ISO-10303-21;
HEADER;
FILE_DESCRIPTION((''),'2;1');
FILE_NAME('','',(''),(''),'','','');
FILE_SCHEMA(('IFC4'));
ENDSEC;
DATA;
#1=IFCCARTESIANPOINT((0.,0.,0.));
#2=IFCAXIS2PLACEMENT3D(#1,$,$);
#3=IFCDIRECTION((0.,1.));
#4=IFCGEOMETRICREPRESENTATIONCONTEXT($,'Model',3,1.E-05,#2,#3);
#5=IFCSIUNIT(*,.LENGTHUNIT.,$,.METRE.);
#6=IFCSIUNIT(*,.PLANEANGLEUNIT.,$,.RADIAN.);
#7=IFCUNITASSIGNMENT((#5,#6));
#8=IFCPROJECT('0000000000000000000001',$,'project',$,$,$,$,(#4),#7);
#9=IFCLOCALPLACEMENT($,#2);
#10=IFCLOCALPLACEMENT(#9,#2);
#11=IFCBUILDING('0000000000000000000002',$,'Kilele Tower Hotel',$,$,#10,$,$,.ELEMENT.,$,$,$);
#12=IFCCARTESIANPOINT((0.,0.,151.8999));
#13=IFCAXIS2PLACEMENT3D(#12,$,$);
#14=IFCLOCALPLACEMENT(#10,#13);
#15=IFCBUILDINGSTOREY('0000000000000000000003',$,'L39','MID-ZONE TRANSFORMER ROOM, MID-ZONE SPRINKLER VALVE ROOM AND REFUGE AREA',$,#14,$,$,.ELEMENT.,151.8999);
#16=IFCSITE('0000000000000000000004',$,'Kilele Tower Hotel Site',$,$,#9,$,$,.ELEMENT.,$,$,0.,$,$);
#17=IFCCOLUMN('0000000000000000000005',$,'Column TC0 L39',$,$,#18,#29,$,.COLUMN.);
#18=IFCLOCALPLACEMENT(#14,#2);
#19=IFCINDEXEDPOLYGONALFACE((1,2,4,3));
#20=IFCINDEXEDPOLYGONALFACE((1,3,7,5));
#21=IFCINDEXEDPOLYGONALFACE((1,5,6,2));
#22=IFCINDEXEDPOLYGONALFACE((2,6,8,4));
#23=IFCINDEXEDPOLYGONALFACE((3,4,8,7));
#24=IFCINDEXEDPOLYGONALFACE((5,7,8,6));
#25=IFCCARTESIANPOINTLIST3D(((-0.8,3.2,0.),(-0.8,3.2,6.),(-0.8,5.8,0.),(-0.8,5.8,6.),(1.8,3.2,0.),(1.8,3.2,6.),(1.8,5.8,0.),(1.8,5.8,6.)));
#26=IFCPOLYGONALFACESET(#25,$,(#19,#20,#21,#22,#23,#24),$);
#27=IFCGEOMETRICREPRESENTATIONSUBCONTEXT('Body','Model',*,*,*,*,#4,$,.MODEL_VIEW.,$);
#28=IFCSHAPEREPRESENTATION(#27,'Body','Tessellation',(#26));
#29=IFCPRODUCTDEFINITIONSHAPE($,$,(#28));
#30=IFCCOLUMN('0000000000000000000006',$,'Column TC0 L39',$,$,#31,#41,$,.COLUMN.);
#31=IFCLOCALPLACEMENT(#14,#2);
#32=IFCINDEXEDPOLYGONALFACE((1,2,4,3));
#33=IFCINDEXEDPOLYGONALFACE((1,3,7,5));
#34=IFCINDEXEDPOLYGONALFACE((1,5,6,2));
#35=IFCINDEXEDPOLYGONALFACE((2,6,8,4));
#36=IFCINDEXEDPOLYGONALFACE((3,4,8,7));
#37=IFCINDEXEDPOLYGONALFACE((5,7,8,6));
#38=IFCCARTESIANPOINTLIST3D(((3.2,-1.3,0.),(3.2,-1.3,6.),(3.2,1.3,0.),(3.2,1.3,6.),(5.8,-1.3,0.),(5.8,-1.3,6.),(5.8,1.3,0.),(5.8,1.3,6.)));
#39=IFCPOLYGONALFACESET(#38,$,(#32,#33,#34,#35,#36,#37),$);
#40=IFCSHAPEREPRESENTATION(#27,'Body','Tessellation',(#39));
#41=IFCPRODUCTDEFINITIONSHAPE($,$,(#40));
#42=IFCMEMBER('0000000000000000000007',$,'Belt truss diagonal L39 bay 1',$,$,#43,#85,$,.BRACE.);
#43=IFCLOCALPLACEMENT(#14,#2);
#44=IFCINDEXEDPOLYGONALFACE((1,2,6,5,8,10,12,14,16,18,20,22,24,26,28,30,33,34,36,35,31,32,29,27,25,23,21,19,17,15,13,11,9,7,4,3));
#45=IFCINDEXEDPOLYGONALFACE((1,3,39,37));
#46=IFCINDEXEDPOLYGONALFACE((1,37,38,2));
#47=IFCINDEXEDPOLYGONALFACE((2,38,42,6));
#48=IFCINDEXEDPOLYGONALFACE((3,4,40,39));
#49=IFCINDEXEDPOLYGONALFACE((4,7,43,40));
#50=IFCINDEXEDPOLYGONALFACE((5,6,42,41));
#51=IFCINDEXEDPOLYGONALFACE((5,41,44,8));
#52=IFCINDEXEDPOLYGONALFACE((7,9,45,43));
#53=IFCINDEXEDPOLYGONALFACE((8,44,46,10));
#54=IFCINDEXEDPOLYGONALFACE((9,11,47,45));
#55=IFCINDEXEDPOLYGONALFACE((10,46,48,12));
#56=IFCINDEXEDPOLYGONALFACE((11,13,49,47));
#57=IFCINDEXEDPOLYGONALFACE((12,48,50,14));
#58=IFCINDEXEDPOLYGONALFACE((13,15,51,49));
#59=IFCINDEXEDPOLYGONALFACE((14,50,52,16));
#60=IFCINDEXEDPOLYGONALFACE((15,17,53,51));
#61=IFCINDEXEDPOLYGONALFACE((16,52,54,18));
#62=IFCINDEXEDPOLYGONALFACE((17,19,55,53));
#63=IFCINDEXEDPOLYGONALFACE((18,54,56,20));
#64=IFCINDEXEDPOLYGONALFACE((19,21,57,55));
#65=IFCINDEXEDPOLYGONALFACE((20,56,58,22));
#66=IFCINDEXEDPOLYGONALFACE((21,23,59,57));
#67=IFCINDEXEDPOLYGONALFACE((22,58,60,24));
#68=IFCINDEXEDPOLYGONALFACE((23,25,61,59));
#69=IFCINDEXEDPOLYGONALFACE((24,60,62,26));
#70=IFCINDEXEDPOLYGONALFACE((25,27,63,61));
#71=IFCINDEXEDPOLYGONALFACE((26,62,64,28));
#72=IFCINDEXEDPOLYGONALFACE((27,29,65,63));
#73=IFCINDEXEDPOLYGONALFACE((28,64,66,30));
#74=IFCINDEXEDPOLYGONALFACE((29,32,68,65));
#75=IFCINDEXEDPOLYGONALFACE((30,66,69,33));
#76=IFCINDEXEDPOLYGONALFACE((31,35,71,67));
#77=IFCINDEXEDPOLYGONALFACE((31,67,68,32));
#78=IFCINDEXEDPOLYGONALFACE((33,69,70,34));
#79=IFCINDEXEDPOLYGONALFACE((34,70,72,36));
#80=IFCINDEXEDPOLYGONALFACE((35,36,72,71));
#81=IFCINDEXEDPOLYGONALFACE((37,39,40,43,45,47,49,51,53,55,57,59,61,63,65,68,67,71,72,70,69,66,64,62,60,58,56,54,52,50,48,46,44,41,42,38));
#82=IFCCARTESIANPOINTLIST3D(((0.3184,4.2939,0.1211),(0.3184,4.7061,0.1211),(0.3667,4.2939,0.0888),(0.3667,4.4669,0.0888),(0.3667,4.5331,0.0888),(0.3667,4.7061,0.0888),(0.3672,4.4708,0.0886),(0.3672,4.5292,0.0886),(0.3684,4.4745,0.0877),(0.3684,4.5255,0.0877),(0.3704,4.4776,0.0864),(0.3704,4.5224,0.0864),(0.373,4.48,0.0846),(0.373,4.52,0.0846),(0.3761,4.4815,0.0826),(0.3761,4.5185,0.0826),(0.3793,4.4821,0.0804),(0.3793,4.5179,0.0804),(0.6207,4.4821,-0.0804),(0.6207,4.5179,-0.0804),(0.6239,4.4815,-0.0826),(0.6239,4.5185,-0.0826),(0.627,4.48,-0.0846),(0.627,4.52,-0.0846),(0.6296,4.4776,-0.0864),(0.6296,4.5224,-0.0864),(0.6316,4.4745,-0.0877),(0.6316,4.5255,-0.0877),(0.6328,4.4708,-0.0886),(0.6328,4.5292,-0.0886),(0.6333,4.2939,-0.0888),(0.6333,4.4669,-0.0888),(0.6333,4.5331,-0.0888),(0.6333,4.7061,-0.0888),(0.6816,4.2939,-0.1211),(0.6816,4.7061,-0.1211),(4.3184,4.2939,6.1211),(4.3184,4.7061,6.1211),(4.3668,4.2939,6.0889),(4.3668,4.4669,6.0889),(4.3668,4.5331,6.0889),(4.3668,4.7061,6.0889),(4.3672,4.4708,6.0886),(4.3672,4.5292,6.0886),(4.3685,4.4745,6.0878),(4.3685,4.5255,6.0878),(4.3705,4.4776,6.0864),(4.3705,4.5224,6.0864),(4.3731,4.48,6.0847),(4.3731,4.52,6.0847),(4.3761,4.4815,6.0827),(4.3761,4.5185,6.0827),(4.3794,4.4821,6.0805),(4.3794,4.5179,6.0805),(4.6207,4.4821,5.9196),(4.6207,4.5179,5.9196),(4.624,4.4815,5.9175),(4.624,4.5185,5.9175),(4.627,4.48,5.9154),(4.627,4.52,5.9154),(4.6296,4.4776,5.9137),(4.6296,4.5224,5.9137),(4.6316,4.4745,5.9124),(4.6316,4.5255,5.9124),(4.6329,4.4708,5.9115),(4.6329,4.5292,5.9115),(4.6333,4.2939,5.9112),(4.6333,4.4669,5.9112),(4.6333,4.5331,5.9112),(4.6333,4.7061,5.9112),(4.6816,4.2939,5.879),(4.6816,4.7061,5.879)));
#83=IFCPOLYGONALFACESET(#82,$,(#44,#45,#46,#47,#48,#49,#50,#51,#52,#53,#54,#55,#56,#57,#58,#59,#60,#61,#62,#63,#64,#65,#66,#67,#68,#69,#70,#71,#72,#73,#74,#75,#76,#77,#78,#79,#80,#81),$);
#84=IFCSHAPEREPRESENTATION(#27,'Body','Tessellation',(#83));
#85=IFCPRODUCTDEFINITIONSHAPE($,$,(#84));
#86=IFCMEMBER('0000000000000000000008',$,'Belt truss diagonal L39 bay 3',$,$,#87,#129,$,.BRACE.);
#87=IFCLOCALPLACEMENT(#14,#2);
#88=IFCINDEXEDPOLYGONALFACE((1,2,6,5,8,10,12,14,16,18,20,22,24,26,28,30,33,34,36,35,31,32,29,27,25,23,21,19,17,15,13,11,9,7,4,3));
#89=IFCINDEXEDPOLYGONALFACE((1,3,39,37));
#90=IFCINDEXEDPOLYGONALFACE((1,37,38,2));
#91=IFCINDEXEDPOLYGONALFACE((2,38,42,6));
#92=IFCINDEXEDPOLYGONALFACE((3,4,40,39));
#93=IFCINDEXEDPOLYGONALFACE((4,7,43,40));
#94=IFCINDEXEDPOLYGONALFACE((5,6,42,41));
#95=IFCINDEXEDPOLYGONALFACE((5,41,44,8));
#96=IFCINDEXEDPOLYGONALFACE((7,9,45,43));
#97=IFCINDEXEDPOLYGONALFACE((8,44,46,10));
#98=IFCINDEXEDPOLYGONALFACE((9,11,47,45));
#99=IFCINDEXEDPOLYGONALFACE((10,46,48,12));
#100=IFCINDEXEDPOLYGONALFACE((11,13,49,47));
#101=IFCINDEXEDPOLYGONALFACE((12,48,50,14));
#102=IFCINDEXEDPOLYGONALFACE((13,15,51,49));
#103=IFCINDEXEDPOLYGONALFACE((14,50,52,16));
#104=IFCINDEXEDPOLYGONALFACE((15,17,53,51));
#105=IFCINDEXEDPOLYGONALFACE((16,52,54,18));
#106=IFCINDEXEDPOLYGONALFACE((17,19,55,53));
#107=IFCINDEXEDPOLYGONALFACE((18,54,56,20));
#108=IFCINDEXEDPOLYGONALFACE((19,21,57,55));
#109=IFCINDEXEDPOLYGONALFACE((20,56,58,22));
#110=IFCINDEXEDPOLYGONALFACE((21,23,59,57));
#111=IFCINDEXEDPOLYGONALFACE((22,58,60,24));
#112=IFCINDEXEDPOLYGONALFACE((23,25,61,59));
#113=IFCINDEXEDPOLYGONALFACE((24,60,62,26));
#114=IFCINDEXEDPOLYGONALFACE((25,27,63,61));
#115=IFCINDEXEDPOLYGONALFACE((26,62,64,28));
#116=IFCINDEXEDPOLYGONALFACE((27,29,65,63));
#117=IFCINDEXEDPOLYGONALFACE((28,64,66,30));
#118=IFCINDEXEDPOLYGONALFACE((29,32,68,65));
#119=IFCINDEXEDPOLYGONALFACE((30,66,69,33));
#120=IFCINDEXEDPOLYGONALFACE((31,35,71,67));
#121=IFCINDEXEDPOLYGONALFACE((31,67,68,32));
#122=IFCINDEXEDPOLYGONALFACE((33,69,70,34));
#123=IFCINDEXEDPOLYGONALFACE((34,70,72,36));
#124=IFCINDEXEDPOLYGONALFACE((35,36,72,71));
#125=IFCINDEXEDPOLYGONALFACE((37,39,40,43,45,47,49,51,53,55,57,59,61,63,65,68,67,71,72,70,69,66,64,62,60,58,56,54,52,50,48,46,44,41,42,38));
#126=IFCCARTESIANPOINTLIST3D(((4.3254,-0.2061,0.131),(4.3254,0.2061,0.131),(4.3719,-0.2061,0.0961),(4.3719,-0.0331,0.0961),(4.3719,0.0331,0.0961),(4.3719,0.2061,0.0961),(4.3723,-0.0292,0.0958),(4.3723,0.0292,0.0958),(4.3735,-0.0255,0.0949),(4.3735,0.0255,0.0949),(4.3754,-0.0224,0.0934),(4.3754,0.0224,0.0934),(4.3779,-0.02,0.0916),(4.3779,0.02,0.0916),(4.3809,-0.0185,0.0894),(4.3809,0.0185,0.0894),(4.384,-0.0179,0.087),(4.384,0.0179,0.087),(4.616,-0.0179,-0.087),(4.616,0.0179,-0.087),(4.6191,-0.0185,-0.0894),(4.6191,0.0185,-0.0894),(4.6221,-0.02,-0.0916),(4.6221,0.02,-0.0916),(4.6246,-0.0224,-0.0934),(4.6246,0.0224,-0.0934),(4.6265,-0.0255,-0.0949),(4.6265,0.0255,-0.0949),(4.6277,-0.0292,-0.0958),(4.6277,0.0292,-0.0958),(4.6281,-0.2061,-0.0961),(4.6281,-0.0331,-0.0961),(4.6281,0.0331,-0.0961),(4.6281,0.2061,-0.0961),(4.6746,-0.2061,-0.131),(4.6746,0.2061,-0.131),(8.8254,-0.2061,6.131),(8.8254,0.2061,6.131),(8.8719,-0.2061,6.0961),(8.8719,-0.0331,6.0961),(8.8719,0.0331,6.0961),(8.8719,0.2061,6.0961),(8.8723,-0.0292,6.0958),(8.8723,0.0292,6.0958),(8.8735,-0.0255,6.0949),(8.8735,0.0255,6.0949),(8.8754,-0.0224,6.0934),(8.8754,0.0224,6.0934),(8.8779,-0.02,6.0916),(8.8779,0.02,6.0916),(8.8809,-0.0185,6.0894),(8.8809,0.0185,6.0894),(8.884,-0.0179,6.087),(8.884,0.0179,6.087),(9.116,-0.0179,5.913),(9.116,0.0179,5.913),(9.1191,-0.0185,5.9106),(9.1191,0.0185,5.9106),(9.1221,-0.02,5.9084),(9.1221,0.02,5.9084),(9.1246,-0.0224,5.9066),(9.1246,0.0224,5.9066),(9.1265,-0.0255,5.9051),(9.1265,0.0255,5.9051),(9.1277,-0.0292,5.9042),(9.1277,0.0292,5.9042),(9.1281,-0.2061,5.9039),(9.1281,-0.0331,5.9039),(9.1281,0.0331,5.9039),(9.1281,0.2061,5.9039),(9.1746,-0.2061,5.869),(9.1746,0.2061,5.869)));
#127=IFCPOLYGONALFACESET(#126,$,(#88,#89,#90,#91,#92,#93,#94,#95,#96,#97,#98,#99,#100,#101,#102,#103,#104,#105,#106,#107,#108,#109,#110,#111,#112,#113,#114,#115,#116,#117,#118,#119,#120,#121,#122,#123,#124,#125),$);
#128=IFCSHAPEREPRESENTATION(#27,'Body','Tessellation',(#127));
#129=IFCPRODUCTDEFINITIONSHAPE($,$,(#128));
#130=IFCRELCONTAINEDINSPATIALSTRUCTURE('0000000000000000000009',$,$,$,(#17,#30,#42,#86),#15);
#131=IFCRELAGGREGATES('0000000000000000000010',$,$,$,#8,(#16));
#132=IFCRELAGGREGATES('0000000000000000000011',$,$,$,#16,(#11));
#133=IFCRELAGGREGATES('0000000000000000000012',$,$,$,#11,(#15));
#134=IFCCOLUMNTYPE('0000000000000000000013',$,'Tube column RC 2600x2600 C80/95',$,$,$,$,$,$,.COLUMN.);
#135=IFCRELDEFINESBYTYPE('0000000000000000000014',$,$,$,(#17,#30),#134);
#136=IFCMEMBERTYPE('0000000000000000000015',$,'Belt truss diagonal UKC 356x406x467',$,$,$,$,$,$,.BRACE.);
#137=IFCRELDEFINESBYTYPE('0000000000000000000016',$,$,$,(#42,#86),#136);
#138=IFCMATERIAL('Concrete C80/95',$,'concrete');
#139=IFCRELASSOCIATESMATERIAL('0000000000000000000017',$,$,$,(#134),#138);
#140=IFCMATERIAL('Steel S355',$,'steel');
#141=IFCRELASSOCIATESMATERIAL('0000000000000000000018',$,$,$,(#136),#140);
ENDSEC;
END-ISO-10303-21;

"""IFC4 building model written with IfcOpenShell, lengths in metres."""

from ifc_helpers import new_model, si_unit, direction, frame, origin, origin_2d, place, context, subcontext, project, spatial, rectangle, i_section, extrude, material, material_profile, profile_set, type_object, element, save


model = new_model("IFC4")

# Units and contexts
model_context = context("Model", 3, precision=1e-05, world=origin(), true_north=direction((0.0, 1.0)))
body_context = subcontext(model_context, "Body", "Model", "MODEL_VIEW")
ifc_project = project(units=[si_unit("LENGTHUNIT", "METRE"), si_unit("PLANEANGLEUNIT", "RADIAN")], contexts=[model_context])

# Site, building, storey
site_placement = place(None, origin())
site = spatial("IfcSite", under=ifc_project, at=site_placement, Name="Kilele Tower Hotel Site", CompositionType="ELEMENT", RefElevation=0.0)
building_placement = place(site_placement, origin())
building = spatial("IfcBuilding", under=site, at=building_placement, Name="Kilele Tower Hotel", CompositionType="ELEMENT")
storey_placement = place(building_placement, frame((0.0, 0.0, 151.8999)))
storey = spatial("IfcBuildingStorey", under=building, at=storey_placement, Name="L39", Description="MID-ZONE TRANSFORMER ROOM, MID-ZONE SPRINKLER VALVE ROOM AND REFUGE AREA", CompositionType="ELEMENT", Elevation=151.8999)

# Columns
ifc_material_1 = material(Name="Concrete C80/95", Category="concrete")
ifc_material_profile_1 = material_profile(ifc_material_1, rectangle(XDim=2.6001, YDim=2.6001, at=origin_2d()))
ifc_profile_set_1 = profile_set([ifc_material_profile_1], Name="Concrete C80/95")
column_type = type_object("IfcColumnType", Name="Tube column RC 2600x2600 C80/95", PredefinedType="COLUMN", material=ifc_profile_set_1)
for number, where, z_axis, x_axis, name in (
    (1, (0.5, 4.5, 0.0), (0.0, 0.0, 1.0), (1.0, 0.0, 0.0), "Column TC0 L39"),
    (2, (4.5, 0.0, 0.0), (0.0, 0.0, 1.0), (1.0, 0.0, 0.0), "Column TC0 L39"),
):
    element("IfcColumn", number, at=place(storey_placement, frame(where, z_axis=z_axis, x_axis=x_axis)), inside=storey, type_object=column_type, Name=name, PredefinedType="COLUMN", context=body_context, shape_type="SweptSolid", body=[
        extrude(rectangle(XDim=2.6001, YDim=2.6001, at=origin_2d()), origin(), (0.0, 0.0, 1.0), 6.0),
    ])

# Members
ifc_material_2 = material(Name="Steel S355", Category="steel")
ifc_material_profile_2 = material_profile(ifc_material_2, i_section(OverallWidth=0.4121, OverallDepth=0.4365, WebThickness=0.0359, FlangeThickness=0.0581, FilletRadius=0.0151, at=origin_2d()))
ifc_profile_set_2 = profile_set([ifc_material_profile_2], Name="Steel S355")
member_type = type_object("IfcMemberType", Name="Belt truss diagonal UKC 356x406x467", PredefinedType="BRACE", material=ifc_profile_set_2)
member_1_placement = place(storey_placement, frame((0.5, 4.5, 0.0), z_axis=(0.5547, 0.0, 0.83205), x_axis=(0.0, 1.0, 0.0)))
element("IfcMember", 3, at=member_1_placement, inside=storey, type_object=member_type, Name="Belt truss diagonal L39 bay 1", PredefinedType="BRACE", context=body_context, shape_type="SweptSolid", body=[
    extrude(i_section(OverallWidth=0.4121, OverallDepth=0.4365, WebThickness=0.0359, FlangeThickness=0.0581, FilletRadius=0.0151, at=origin_2d()), origin(), (0.0, 0.0, 1.0), 7.2112),
])
member_2_placement = place(storey_placement, frame((4.5, 0.0, 0.0), z_axis=(0.6, 0.0, 0.8), x_axis=(0.0, 1.0, 0.0)))
element("IfcMember", 4, at=member_2_placement, inside=storey, type_object=member_type, Name="Belt truss diagonal L39 bay 3", PredefinedType="BRACE", context=body_context, shape_type="SweptSolid", body=[
    extrude(i_section(OverallWidth=0.4121, OverallDepth=0.4365, WebThickness=0.0359, FlangeThickness=0.0581, FilletRadius=0.0151, at=origin_2d()), origin(), (0.0, 0.0, 1.0), 7.5),
])

save(model, "model.ifc")
